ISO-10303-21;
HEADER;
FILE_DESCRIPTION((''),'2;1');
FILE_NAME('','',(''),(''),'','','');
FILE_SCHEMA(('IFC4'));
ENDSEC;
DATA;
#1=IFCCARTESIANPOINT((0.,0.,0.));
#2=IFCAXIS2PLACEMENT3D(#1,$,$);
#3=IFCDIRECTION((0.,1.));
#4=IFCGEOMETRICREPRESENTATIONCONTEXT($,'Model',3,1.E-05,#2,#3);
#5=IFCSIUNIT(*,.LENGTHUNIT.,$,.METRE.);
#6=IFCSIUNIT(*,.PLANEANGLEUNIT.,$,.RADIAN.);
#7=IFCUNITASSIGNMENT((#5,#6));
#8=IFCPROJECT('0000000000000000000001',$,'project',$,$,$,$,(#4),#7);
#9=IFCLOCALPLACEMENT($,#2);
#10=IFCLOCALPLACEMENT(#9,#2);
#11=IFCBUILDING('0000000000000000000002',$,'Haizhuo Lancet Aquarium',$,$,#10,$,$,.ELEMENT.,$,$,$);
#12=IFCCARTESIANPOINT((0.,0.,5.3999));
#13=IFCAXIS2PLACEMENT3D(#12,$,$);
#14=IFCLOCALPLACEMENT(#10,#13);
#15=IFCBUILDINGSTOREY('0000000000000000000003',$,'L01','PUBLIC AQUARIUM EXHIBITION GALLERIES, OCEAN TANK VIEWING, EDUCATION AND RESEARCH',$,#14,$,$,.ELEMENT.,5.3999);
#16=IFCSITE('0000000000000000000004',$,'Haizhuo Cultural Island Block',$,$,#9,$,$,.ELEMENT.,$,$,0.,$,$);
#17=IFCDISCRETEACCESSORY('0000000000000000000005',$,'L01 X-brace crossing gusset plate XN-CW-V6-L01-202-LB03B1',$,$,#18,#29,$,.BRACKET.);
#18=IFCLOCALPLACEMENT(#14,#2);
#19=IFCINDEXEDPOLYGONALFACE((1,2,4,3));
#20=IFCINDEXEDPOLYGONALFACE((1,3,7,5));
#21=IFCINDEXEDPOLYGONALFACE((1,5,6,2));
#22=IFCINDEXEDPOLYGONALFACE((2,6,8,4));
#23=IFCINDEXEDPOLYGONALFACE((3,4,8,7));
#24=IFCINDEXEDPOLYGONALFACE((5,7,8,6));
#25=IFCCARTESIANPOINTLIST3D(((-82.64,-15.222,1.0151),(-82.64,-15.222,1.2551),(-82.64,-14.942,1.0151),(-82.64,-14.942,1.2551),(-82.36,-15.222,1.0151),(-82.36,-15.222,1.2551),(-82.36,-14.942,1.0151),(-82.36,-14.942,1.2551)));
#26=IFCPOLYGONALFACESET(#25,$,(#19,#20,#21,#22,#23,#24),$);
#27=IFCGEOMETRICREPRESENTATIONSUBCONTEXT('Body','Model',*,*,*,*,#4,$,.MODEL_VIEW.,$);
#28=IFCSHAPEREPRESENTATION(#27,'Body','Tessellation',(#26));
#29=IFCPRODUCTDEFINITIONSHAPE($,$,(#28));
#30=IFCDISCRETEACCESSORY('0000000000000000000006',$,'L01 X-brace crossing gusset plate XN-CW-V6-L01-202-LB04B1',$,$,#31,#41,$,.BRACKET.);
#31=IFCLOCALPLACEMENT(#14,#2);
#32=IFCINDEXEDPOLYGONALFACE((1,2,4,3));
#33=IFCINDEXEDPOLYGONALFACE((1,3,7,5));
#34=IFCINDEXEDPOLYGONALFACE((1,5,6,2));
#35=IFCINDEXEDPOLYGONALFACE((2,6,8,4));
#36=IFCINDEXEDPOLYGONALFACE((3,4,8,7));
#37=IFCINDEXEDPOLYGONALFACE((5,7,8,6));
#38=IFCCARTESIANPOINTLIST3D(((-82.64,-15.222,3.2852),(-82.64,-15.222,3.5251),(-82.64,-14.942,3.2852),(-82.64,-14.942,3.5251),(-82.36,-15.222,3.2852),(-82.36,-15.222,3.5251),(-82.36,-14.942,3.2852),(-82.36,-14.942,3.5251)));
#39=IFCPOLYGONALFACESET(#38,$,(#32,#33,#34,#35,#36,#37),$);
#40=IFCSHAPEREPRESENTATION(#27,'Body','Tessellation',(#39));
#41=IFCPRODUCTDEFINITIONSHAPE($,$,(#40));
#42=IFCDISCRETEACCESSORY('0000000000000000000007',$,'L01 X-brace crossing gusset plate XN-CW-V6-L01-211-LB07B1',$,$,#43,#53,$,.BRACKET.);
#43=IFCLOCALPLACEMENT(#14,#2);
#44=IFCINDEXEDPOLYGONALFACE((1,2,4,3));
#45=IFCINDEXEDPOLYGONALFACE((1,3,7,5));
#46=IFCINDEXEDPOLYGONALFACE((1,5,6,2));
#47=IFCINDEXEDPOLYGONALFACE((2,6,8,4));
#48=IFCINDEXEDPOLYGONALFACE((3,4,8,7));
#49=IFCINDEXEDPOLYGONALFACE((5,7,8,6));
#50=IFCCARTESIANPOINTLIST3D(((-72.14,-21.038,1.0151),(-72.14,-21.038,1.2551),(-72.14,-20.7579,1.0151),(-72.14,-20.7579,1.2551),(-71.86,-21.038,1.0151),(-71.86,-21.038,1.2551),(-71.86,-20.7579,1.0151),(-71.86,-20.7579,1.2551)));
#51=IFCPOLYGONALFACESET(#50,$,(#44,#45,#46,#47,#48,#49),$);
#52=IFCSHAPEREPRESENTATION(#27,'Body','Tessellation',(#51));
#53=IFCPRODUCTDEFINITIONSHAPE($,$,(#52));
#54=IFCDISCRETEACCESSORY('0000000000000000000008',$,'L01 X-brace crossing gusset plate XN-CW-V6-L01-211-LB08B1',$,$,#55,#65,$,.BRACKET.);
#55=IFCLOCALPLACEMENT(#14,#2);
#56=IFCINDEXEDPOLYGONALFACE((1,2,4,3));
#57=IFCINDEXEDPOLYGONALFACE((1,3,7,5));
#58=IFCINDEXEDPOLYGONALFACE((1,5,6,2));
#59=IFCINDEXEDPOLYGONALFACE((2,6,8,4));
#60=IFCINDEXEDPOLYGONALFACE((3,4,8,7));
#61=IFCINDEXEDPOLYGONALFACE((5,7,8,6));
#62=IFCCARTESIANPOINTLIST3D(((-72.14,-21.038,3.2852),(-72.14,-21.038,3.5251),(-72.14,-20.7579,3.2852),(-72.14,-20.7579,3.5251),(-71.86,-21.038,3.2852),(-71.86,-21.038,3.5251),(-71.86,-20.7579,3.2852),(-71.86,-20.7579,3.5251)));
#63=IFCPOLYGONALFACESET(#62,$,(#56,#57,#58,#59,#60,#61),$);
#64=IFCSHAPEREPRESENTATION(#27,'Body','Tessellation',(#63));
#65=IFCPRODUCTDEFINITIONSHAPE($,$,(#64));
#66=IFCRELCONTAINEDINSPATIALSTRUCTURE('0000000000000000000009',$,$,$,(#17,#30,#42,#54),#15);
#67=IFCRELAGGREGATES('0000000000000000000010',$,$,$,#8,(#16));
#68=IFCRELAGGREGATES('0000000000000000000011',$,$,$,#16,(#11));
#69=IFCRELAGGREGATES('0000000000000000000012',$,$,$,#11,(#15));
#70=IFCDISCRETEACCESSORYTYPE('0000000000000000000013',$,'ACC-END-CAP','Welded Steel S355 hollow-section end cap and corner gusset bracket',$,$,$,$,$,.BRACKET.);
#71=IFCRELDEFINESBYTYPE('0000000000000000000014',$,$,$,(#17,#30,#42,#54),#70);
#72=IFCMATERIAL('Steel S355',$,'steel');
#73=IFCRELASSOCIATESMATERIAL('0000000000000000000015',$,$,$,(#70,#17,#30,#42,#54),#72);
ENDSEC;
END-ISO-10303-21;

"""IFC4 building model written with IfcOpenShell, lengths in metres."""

from ifc_helpers import new_model, si_unit, direction, frame, origin, origin_2d, place, context, subcontext, project, spatial, rectangle, extrude, material, type_object, element, save


model = new_model("IFC4")

# Units and contexts
model_context = context("Model", 3, precision=1e-05, world=origin(), true_north=direction((0.0, 1.0)))
body_context = subcontext(model_context, "Body", "Model", "MODEL_VIEW")
ifc_project = project(units=[si_unit("LENGTHUNIT", "METRE"), si_unit("PLANEANGLEUNIT", "RADIAN")], contexts=[model_context])

# Site, building, storey
site_placement = place(None, origin())
site = spatial("IfcSite", under=ifc_project, at=site_placement, Name="Haizhuo Cultural Island Block", CompositionType="ELEMENT", RefElevation=0.0)
building_placement = place(site_placement, origin())
building = spatial("IfcBuilding", under=site, at=building_placement, Name="Haizhuo Lancet Aquarium", CompositionType="ELEMENT")
storey_placement = place(building_placement, frame((0.0, 0.0, 5.3999)))
storey = spatial("IfcBuildingStorey", under=building, at=storey_placement, Name="L01", Description="PUBLIC AQUARIUM EXHIBITION GALLERIES, OCEAN TANK VIEWING, EDUCATION AND RESEARCH", CompositionType="ELEMENT", Elevation=5.3999)

# Shared definitions
ifc_material_1 = material(Name="Steel S355", Category="steel")

# Discrete accessories
discrete_accessory_type = type_object("IfcDiscreteAccessoryType", Name="ACC-END-CAP", Description="Welded Steel S355 hollow-section end cap and corner gusset bracket", PredefinedType="BRACKET", material=ifc_material_1)
for number, where, z_axis, x_axis, name in (
    (1, (-82.5, -15.082, 1.0151), (0.0, 0.0, 1.0), (1.0, 0.0, 0.0), "L01 X-brace crossing gusset plate XN-CW-V6-L01-202-LB03B1"),
    (2, (-82.5, -15.082, 3.2852), (0.0, 0.0, 1.0), (1.0, 0.0, 0.0), "L01 X-brace crossing gusset plate XN-CW-V6-L01-202-LB04B1"),
    (3, (-72.0, -20.8979, 1.0151), (0.0, 0.0, 1.0), (1.0, 0.0, 0.0), "L01 X-brace crossing gusset plate XN-CW-V6-L01-211-LB07B1"),
    (4, (-72.0, -20.8979, 3.2852), (0.0, 0.0, 1.0), (1.0, 0.0, 0.0), "L01 X-brace crossing gusset plate XN-CW-V6-L01-211-LB08B1"),
):
    element("IfcDiscreteAccessory", number, at=place(storey_placement, frame(where, z_axis=z_axis, x_axis=x_axis)), inside=storey, type_object=discrete_accessory_type, material=ifc_material_1, Name=name, PredefinedType="BRACKET", context=body_context, shape_type="SweptSolid", body=[
        extrude(rectangle(XDim=0.28, YDim=0.28, at=origin_2d()), origin(), (0.0, 0.0, 1.0), 0.24),
    ])

save(model, "model.ifc")
